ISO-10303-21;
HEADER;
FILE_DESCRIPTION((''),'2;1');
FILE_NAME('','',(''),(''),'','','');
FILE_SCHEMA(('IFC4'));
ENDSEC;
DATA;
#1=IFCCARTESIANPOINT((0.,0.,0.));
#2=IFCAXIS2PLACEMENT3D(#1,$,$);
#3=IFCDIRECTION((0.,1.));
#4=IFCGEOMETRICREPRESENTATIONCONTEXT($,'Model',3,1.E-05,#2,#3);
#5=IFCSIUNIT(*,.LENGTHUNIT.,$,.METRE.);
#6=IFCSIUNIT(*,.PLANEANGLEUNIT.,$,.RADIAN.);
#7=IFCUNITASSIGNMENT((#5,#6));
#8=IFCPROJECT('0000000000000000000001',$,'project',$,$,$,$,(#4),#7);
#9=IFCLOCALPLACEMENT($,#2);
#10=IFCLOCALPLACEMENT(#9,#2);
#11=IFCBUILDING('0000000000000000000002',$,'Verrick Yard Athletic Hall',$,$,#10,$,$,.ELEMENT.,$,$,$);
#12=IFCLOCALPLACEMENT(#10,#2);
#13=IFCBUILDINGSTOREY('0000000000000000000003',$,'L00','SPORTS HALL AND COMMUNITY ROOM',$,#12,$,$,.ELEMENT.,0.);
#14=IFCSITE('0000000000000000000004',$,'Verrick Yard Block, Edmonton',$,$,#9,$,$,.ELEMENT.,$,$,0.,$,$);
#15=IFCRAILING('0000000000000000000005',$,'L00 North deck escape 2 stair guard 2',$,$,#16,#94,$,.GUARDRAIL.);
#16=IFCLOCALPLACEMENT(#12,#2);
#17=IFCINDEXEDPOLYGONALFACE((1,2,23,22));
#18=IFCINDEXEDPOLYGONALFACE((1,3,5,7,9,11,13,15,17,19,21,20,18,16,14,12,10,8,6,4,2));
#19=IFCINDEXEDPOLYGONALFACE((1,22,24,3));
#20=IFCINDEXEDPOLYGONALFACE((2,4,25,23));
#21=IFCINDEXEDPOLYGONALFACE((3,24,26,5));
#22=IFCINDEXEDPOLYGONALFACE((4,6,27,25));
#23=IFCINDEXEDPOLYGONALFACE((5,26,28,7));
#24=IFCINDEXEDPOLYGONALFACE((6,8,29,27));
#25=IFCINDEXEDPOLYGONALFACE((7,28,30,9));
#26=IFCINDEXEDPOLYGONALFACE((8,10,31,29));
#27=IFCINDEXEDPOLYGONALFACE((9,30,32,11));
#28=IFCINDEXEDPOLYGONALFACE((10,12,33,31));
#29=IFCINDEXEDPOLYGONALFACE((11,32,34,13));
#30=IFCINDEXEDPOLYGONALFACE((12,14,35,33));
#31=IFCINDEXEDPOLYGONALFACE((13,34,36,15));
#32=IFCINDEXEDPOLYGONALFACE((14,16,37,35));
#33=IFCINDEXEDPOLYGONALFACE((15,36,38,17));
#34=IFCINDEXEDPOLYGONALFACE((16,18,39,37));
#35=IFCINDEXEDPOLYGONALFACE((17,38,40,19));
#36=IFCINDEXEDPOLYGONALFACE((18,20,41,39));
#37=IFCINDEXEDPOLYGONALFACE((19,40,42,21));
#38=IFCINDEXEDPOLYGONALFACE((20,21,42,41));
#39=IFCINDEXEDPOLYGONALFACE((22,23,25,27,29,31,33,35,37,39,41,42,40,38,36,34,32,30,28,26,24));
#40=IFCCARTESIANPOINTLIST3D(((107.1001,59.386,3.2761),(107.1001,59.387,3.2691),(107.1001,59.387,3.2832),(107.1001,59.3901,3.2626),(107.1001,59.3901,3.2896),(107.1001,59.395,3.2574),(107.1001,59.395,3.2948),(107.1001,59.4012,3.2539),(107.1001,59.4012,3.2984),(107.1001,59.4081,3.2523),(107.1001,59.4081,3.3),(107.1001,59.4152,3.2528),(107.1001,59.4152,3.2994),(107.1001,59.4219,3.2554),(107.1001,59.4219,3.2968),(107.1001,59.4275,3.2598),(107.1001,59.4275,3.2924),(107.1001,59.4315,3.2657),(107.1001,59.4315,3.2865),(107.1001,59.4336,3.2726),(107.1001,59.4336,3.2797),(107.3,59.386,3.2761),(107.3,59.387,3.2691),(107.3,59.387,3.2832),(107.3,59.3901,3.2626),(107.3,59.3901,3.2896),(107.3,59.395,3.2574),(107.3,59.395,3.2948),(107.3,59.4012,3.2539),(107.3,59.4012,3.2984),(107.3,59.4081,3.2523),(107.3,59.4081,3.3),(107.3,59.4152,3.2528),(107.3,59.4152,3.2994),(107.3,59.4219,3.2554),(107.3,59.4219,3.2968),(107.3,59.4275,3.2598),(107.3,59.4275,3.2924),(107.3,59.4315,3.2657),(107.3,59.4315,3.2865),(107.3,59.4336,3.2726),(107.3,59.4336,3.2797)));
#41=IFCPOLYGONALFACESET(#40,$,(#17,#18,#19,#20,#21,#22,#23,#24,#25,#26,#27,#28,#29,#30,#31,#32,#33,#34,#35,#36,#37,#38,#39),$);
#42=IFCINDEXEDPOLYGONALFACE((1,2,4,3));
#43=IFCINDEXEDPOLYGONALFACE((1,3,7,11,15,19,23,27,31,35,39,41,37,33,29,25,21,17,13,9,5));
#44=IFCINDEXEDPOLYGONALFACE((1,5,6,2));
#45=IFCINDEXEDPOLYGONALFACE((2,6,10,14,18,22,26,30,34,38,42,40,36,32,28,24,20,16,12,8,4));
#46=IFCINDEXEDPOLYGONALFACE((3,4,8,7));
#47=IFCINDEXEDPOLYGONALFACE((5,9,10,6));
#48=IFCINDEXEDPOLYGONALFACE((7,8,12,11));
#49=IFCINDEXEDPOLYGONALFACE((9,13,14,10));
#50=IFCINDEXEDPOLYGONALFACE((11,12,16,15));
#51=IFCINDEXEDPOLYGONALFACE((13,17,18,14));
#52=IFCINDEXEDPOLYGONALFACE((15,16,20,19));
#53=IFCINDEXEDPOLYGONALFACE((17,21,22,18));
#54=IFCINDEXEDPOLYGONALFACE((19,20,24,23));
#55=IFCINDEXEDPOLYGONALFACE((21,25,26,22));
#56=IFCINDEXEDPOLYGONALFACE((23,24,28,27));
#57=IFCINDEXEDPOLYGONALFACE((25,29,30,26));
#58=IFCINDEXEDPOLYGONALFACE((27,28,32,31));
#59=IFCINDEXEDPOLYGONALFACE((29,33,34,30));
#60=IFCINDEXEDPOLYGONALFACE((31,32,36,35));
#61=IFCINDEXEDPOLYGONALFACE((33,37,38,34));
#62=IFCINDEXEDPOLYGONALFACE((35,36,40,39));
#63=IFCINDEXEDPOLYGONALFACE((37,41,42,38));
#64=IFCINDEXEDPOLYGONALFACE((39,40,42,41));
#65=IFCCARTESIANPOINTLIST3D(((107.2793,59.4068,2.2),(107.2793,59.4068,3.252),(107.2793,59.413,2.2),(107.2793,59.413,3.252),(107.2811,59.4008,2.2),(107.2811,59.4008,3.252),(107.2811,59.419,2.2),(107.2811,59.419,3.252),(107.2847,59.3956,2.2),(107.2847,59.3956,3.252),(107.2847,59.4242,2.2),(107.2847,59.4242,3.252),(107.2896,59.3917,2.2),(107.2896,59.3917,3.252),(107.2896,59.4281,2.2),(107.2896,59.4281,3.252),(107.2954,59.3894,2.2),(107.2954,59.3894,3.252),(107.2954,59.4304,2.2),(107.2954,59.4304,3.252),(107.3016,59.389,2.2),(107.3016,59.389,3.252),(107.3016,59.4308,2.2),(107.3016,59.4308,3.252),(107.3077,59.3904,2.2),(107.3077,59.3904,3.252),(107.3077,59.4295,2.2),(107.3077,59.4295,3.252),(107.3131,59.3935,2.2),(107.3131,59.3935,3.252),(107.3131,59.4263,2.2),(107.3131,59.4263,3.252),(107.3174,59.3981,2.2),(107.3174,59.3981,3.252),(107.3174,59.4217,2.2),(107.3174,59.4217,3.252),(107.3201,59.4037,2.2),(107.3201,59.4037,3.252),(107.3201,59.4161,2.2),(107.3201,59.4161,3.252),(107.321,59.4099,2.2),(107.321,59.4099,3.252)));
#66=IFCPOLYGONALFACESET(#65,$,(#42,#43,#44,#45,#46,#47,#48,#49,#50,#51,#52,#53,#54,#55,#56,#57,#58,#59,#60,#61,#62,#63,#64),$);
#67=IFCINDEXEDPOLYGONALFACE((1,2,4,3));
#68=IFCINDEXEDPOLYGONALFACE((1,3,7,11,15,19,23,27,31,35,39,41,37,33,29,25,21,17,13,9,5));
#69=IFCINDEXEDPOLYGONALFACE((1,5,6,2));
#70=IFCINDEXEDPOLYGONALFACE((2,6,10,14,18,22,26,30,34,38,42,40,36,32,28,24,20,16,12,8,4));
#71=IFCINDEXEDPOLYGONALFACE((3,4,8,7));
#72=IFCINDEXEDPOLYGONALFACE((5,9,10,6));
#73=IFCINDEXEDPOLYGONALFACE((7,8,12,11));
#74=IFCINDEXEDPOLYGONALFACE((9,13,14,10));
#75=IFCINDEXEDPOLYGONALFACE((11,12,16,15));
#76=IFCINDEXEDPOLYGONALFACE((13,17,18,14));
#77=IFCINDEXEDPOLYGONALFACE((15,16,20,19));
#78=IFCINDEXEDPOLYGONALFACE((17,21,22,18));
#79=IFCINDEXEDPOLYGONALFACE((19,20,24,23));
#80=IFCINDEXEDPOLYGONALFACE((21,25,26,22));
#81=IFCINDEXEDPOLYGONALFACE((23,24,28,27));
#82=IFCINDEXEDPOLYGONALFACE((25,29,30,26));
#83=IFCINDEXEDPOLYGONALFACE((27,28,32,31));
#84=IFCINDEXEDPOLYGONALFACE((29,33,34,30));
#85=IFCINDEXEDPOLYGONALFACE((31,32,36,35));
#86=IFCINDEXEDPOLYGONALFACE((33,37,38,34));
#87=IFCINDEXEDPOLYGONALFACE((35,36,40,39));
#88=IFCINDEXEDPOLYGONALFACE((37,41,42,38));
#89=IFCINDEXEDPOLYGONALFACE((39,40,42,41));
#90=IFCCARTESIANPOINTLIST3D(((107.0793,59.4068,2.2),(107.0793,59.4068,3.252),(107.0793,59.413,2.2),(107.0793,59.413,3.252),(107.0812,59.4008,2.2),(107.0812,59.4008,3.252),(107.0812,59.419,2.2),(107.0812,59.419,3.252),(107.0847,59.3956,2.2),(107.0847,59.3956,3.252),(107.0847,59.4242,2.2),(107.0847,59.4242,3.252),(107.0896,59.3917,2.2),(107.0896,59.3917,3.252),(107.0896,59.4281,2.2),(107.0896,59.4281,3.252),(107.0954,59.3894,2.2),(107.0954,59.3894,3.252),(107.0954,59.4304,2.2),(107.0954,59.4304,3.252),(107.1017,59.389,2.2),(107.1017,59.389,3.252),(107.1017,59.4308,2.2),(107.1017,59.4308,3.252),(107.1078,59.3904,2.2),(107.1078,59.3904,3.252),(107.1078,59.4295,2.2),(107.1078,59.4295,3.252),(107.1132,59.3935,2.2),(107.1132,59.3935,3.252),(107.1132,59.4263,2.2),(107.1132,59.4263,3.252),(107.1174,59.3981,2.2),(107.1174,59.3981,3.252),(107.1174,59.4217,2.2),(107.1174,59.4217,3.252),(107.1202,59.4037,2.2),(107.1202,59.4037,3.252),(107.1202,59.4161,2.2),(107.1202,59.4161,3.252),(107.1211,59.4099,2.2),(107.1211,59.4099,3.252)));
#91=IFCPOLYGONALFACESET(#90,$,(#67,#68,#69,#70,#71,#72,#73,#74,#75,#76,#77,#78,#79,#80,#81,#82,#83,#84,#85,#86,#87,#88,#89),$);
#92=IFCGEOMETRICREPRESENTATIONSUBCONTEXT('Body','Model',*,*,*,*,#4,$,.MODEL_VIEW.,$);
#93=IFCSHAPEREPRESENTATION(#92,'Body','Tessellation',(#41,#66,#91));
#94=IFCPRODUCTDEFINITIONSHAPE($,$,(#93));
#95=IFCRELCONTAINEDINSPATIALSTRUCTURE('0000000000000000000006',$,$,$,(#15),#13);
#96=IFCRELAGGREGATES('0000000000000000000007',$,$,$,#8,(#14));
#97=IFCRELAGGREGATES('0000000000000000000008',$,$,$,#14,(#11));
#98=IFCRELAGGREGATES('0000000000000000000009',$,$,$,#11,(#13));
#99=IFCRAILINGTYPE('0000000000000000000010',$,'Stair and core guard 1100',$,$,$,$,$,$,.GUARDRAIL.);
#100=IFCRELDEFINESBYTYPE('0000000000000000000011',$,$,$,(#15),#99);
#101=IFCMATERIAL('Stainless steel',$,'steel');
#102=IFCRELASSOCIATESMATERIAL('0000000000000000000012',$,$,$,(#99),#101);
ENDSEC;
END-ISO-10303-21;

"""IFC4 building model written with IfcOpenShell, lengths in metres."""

from ifc_helpers import new_model, si_unit, direction, frame, origin, origin_2d, place, context, subcontext, project, spatial, circle, extrude, material, type_object, element, save


model = new_model("IFC4")

# Units and contexts
model_context = context("Model", 3, precision=1e-05, world=origin(), true_north=direction((0.0, 1.0)))
body_context = subcontext(model_context, "Body", "Model", "MODEL_VIEW")
ifc_project = project(units=[si_unit("LENGTHUNIT", "METRE"), si_unit("PLANEANGLEUNIT", "RADIAN")], contexts=[model_context])

# Site, building, storey
site_placement = place(None, origin())
site = spatial("IfcSite", under=ifc_project, at=site_placement, Name="Verrick Yard Block, Edmonton", CompositionType="ELEMENT", RefElevation=0.0)
building_placement = place(site_placement, origin())
building = spatial("IfcBuilding", under=site, at=building_placement, Name="Verrick Yard Athletic Hall", CompositionType="ELEMENT")
storey_placement = place(building_placement, origin())
storey = spatial("IfcBuildingStorey", under=building, at=storey_placement, Name="L00", Description="SPORTS HALL AND COMMUNITY ROOM", CompositionType="ELEMENT", Elevation=0.0)

# Railing
ifc_material_1 = material(Name="Stainless steel", Category="steel")
railing_type_1 = type_object("IfcRailingType", Name="Stair and core guard 1100", PredefinedType="GUARDRAIL", material=ifc_material_1)
railing_1_placement = place(storey_placement, frame((107.3, 59.4099, 2.2)))
element("IfcRailing", 1, at=railing_1_placement, inside=storey, type_object=railing_type_1, Name="L00 North deck escape 2 stair guard 2", PredefinedType="GUARDRAIL", context=body_context, shape_type="SweptSolid", body=[
    extrude(circle(Radius=0.0239, at=origin_2d()), frame((0.0, 0.0, 1.0762), z_axis=(-1.0, 0.0, 0.0), x_axis=(0.0, -1.0, 0.0)), (0.0, 0.0, 1.0), 0.2),
    extrude(circle(Radius=0.021, at=origin_2d()), origin(), (0.0, 0.0, 1.0), 1.052),
    extrude(circle(Radius=0.021, at=origin_2d()), frame((-0.2, 0.0, 0.0)), (0.0, 0.0, 1.0), 1.052),
])

save(model, "model.ifc")
